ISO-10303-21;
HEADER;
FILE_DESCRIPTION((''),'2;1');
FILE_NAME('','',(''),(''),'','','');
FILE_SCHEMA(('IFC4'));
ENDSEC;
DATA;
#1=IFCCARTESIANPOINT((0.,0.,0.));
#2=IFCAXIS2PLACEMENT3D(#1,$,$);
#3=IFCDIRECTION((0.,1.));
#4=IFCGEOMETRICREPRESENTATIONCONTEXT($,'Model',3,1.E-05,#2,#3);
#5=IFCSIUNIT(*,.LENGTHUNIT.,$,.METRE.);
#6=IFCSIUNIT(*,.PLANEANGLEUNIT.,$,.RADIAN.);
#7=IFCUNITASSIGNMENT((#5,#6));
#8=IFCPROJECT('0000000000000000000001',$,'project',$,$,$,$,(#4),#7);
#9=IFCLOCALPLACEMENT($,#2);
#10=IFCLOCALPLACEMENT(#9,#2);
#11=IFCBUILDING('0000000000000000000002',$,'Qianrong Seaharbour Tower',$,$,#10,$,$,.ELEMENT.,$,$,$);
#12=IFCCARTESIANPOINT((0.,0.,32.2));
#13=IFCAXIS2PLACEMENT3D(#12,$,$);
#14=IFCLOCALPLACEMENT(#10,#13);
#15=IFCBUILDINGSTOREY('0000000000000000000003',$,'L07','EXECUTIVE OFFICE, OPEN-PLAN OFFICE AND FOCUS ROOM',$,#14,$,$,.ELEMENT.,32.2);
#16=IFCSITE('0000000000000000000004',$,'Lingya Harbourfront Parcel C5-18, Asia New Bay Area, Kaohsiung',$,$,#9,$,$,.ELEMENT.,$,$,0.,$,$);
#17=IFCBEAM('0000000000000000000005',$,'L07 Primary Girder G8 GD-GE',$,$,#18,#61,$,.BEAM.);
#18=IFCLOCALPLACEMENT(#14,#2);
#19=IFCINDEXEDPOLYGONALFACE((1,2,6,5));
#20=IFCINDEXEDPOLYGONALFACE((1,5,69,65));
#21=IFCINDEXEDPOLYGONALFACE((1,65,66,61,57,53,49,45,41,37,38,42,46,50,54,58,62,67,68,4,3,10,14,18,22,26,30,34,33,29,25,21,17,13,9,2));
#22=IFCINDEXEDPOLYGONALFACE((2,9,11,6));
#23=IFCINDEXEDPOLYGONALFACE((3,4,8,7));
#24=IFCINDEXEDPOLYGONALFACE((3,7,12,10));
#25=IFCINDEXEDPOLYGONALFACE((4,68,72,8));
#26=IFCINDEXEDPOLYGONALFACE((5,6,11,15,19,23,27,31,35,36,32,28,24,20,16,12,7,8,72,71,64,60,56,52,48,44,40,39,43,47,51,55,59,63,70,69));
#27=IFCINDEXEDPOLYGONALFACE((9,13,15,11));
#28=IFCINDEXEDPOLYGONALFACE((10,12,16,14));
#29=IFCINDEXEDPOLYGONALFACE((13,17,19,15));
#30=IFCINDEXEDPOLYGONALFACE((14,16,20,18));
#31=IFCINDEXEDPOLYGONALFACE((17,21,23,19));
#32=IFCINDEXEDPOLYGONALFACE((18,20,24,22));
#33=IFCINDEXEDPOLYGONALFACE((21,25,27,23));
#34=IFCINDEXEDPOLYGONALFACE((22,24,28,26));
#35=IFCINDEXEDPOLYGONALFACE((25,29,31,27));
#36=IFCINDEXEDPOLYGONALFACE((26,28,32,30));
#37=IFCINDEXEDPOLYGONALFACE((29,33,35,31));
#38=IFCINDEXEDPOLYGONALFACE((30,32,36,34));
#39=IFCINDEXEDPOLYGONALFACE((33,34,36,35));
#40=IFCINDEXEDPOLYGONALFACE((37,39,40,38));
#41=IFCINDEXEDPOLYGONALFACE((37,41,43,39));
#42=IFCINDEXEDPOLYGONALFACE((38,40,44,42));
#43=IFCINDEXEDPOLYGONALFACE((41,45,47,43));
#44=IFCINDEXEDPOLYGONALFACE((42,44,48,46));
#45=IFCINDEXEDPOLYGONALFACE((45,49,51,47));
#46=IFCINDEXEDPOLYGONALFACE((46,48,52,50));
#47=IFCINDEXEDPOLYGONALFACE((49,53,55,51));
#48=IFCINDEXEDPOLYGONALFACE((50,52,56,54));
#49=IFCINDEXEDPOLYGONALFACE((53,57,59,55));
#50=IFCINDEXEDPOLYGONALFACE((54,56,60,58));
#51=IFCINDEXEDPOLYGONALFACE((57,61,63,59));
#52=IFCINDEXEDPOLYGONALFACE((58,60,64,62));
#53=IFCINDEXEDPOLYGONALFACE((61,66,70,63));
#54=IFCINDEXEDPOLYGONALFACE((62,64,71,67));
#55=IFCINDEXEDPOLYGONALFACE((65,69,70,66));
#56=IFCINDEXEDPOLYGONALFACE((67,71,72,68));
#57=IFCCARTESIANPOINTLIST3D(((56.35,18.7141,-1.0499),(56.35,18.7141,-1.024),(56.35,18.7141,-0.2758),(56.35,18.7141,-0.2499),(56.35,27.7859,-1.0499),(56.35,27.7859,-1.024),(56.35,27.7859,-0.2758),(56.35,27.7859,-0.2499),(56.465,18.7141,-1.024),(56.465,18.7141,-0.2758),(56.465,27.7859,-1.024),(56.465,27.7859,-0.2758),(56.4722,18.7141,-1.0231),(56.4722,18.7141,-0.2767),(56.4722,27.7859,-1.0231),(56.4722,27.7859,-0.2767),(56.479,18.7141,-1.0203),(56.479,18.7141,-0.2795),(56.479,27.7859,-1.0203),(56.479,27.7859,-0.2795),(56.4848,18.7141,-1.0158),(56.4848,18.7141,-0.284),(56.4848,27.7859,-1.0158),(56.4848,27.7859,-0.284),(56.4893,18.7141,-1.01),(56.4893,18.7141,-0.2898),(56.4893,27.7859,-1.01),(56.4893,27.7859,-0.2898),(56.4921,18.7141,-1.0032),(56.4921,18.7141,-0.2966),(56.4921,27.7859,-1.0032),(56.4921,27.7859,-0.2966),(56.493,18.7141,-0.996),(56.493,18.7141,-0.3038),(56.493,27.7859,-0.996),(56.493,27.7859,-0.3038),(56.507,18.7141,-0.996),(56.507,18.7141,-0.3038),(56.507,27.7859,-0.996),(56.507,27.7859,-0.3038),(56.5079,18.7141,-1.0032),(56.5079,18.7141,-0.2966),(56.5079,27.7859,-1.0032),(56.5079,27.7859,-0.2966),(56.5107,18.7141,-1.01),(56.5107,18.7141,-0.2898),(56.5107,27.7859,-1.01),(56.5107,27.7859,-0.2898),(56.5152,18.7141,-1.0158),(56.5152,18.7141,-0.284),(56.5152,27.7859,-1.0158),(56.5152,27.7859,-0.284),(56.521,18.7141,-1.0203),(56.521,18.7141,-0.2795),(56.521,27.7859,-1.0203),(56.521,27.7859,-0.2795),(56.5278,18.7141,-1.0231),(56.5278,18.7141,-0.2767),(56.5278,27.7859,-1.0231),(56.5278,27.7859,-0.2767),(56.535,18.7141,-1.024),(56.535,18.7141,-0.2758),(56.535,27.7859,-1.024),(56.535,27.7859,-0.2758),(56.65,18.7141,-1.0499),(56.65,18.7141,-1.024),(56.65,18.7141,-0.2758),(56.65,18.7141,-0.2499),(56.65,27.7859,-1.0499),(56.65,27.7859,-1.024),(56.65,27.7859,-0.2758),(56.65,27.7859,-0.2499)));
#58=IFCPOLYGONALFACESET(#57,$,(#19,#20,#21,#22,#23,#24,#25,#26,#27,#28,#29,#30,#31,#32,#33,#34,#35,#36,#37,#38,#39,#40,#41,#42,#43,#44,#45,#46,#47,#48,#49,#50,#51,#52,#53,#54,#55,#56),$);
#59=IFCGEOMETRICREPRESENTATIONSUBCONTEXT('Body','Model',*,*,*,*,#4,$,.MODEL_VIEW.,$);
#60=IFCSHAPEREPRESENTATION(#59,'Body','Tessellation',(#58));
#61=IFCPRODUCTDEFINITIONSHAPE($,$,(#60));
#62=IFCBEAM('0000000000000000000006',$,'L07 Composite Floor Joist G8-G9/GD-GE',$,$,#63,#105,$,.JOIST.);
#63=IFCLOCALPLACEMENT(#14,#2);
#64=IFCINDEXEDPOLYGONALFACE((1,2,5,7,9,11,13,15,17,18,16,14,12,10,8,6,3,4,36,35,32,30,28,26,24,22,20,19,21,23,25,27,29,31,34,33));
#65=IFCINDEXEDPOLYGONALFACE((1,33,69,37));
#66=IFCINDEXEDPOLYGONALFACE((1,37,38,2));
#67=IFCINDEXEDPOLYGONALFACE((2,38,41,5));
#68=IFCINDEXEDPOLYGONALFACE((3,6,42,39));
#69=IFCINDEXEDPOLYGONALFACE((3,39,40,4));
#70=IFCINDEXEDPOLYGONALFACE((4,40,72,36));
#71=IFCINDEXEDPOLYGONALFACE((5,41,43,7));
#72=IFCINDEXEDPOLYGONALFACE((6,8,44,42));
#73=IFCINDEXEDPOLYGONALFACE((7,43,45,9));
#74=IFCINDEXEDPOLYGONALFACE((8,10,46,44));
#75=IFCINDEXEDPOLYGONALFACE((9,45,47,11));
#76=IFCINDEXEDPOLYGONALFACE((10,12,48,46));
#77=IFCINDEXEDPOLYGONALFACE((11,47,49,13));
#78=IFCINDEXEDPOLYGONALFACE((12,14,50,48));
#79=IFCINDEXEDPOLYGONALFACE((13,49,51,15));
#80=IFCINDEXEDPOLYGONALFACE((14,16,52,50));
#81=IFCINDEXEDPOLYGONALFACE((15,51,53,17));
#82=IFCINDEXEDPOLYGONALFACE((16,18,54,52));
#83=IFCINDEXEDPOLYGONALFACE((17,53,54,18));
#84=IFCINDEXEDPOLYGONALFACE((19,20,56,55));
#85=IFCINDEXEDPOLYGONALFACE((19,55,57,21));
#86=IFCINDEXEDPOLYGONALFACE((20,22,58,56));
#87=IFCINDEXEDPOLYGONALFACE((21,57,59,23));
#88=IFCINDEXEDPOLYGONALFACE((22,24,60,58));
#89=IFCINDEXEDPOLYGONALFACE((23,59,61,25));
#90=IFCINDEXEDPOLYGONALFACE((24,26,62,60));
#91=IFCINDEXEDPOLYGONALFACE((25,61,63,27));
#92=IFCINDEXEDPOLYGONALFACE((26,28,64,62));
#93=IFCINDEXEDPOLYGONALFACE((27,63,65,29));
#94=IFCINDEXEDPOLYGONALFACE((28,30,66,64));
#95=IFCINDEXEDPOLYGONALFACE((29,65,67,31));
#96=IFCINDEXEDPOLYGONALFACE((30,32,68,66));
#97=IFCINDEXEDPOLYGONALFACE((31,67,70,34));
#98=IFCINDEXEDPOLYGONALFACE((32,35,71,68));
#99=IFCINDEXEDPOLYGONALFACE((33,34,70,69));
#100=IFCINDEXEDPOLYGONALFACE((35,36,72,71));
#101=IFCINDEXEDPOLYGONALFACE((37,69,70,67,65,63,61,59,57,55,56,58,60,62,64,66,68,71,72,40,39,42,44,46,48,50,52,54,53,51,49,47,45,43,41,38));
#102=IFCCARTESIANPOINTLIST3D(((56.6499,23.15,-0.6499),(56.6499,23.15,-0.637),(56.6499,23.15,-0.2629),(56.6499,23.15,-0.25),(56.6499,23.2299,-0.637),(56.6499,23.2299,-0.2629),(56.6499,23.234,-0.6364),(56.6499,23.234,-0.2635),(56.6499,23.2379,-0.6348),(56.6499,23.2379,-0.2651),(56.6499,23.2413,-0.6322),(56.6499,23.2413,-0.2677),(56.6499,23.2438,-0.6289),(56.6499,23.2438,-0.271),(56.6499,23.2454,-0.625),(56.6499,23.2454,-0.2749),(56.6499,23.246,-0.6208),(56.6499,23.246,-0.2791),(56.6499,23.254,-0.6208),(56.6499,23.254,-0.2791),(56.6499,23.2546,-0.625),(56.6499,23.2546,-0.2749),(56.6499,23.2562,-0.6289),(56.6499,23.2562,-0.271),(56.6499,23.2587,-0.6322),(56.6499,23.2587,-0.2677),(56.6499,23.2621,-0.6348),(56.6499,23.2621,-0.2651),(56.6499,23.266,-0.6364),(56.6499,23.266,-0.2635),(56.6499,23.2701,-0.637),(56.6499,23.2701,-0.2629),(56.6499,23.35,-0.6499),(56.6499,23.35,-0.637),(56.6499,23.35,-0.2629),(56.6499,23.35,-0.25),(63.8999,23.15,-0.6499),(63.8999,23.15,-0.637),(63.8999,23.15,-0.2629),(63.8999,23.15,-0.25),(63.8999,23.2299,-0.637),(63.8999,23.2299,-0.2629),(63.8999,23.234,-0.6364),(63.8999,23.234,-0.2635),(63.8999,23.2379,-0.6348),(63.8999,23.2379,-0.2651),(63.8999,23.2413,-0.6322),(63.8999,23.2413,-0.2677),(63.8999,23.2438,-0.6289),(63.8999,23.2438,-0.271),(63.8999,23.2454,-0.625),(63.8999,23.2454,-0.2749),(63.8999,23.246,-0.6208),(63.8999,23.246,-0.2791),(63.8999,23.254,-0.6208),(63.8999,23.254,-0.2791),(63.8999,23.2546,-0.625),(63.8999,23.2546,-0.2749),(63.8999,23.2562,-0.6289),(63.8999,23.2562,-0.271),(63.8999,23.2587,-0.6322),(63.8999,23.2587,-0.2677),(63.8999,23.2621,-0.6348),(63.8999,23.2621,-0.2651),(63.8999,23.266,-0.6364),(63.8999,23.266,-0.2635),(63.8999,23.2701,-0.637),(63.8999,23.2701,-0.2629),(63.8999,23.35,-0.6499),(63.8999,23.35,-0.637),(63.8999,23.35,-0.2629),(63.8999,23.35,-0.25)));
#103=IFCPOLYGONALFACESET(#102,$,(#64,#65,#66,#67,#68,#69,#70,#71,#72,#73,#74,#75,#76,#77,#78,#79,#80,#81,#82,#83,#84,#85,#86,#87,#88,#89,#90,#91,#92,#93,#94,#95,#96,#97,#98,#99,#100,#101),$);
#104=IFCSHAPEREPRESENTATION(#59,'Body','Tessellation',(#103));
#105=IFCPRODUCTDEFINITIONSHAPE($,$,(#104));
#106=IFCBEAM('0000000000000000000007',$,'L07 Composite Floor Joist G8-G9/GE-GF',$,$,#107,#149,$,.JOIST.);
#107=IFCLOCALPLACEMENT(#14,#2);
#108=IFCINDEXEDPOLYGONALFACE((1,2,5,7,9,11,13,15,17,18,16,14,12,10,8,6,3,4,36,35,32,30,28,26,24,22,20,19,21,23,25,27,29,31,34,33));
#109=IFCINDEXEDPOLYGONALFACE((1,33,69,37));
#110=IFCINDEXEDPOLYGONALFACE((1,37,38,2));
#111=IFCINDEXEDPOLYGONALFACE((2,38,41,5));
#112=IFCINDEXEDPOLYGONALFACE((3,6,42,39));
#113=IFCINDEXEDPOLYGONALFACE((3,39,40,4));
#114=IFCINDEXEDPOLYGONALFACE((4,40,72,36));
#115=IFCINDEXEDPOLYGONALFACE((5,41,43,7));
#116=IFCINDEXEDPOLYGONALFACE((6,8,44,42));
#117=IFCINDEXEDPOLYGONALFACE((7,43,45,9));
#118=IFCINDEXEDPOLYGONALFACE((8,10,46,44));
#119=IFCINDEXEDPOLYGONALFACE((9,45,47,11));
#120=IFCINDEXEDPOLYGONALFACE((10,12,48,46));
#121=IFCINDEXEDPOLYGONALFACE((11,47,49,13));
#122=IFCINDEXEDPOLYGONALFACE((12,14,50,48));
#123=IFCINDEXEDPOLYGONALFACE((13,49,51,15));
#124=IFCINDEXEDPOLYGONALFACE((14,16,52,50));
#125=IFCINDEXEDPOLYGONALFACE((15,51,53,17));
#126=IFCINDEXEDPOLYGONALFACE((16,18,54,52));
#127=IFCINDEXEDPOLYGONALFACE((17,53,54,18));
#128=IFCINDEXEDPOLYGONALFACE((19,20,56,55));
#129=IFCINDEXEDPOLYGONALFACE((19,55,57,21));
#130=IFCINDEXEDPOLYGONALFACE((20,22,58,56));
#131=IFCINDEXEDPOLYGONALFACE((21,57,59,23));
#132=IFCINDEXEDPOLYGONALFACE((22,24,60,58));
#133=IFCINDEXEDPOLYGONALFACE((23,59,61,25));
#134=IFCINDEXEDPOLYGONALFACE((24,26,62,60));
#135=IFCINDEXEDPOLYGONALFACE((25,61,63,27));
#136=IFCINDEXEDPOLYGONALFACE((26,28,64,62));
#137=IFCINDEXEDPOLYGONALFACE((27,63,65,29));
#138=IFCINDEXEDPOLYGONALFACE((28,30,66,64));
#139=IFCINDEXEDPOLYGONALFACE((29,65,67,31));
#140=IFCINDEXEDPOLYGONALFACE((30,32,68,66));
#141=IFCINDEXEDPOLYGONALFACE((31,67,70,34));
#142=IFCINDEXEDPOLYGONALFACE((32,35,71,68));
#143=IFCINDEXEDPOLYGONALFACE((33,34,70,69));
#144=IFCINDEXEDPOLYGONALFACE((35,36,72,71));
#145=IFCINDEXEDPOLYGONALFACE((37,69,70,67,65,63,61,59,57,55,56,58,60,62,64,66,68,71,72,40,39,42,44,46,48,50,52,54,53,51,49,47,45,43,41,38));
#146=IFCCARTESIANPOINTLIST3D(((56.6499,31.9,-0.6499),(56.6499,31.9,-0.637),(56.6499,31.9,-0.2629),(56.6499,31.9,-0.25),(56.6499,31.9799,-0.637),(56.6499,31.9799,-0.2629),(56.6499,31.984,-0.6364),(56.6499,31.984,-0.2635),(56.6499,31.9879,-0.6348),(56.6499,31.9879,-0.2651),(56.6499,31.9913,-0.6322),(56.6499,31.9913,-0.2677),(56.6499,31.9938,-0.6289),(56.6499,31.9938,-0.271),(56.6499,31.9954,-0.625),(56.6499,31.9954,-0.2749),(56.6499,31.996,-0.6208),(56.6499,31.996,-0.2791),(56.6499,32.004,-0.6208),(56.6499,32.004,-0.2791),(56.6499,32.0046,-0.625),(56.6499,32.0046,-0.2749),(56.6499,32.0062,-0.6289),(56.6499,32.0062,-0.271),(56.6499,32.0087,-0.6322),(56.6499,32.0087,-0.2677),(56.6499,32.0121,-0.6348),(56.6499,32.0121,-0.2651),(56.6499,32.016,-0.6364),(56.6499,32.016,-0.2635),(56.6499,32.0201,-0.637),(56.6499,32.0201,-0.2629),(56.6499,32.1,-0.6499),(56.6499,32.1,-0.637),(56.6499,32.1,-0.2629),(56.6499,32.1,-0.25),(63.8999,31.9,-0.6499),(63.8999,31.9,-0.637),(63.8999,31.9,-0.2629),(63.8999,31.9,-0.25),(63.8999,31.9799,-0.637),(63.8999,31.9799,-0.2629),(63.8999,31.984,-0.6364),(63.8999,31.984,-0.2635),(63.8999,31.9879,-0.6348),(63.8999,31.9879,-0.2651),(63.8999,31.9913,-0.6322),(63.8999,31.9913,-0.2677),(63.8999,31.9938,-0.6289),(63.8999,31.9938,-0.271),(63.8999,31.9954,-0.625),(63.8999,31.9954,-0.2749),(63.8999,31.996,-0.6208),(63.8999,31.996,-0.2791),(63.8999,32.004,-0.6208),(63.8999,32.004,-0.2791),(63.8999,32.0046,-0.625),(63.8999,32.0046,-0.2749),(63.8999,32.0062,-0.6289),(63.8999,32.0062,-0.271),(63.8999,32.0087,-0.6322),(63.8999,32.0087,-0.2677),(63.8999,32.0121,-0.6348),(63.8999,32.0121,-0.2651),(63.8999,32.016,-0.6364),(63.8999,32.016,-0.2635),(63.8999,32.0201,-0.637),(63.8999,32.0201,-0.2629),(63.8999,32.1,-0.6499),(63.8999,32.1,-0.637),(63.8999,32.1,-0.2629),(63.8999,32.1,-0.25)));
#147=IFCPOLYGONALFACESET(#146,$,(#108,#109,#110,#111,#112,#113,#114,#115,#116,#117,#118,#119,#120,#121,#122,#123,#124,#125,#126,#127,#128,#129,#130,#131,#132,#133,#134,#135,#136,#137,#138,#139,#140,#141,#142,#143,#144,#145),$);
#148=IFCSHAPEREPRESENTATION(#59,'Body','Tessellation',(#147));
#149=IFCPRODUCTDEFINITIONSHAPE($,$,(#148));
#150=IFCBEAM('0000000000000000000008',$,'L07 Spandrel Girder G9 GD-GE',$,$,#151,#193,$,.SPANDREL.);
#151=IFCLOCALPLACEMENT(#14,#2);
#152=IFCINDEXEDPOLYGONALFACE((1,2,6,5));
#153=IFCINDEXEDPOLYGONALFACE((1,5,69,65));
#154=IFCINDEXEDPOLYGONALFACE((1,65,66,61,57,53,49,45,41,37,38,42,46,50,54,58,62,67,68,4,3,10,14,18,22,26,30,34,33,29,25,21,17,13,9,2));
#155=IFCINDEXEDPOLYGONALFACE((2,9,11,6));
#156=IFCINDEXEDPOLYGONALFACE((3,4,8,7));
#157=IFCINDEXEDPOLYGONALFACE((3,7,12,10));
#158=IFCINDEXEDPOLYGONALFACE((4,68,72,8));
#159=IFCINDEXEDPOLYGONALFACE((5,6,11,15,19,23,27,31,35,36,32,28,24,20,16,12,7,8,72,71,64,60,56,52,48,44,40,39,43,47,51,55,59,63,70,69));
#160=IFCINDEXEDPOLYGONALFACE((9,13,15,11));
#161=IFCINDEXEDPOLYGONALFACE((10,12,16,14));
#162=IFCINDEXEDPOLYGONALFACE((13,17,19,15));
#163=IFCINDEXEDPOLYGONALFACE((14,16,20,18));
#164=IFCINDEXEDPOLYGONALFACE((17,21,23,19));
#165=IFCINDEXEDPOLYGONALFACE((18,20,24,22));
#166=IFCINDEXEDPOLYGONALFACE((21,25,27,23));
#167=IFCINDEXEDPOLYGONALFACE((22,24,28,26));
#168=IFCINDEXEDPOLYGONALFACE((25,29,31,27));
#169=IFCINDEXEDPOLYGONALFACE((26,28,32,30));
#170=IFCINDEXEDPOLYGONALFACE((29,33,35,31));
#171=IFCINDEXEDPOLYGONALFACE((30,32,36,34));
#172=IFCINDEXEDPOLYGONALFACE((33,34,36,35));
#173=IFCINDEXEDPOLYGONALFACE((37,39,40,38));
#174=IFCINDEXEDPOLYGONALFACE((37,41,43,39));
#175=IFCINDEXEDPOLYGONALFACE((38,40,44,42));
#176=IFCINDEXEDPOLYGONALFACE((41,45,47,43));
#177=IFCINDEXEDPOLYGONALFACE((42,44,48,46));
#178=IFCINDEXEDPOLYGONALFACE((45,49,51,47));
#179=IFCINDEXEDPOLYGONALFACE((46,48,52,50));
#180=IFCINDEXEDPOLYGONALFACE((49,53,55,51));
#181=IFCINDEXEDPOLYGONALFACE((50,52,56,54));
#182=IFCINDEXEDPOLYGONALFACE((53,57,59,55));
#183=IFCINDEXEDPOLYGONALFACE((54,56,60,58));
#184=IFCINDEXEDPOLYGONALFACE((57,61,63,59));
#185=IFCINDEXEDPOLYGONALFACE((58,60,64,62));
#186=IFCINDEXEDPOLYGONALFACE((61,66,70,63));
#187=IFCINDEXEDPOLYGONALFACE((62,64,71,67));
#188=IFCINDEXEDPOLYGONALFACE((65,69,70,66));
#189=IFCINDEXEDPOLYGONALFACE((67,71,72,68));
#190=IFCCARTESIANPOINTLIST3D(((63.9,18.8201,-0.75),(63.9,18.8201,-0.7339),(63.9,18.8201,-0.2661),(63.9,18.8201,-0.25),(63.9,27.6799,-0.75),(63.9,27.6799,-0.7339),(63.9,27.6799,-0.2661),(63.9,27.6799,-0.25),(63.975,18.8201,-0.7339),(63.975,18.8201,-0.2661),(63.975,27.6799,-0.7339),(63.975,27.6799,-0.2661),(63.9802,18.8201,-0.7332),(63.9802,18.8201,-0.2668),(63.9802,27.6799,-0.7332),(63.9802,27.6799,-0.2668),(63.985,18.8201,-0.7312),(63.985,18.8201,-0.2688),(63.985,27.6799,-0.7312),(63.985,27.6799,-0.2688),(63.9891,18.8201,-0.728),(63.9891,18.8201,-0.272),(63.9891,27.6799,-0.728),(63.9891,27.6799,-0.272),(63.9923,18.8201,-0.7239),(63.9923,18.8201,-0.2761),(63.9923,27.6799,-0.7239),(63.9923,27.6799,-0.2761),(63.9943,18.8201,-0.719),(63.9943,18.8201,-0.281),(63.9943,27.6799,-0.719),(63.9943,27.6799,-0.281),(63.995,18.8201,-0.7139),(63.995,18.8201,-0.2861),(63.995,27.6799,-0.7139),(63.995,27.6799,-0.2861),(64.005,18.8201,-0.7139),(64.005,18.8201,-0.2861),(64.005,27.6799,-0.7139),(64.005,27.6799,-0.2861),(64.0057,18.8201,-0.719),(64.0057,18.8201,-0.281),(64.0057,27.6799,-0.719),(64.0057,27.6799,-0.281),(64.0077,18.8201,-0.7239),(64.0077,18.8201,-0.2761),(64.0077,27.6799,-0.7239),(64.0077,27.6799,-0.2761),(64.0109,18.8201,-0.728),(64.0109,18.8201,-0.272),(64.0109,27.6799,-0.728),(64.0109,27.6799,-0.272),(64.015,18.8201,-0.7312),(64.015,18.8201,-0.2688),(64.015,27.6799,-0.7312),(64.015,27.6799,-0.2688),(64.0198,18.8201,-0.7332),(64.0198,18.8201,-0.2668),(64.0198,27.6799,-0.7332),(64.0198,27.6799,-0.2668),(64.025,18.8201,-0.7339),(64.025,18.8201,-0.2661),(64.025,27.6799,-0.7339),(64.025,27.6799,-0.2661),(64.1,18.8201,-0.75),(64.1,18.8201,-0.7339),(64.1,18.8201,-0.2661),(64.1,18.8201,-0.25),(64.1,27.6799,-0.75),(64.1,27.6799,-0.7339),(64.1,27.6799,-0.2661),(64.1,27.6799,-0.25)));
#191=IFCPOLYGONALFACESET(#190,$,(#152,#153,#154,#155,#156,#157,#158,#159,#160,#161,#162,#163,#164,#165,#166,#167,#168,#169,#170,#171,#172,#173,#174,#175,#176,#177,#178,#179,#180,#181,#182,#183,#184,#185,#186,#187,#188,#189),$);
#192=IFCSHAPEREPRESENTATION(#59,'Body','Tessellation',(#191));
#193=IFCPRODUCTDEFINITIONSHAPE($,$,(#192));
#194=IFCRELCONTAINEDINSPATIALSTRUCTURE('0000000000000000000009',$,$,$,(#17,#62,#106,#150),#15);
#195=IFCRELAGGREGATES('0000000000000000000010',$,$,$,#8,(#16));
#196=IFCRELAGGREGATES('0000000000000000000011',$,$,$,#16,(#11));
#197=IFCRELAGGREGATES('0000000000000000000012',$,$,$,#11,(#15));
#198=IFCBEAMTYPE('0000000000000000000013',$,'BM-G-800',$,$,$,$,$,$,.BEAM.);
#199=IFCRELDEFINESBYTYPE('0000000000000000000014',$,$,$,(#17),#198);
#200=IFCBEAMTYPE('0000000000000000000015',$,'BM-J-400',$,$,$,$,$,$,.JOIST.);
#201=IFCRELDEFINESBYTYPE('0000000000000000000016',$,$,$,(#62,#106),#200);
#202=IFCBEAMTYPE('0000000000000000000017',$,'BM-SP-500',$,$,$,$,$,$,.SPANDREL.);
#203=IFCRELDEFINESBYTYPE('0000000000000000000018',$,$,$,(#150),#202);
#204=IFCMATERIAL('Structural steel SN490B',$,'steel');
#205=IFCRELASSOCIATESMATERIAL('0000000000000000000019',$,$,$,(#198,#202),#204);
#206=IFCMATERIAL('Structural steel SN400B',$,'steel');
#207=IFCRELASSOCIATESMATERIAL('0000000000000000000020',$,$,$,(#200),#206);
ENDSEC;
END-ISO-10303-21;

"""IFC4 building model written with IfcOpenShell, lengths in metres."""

from ifc_helpers import new_model, si_unit, direction, frame, origin, origin_2d, place, context, subcontext, project, spatial, i_section, extrude, material, material_profile, profile_set, type_object, element, save


model = new_model("IFC4")

# Units and contexts
model_context = context("Model", 3, precision=1e-05, world=origin(), true_north=direction((0.0, 1.0)))
body_context = subcontext(model_context, "Body", "Model", "MODEL_VIEW")
ifc_project = project(units=[si_unit("LENGTHUNIT", "METRE"), si_unit("PLANEANGLEUNIT", "RADIAN")], contexts=[model_context])

# Site, building, storey
site_placement = place(None, origin())
site = spatial("IfcSite", under=ifc_project, at=site_placement, Name="Lingya Harbourfront Parcel C5-18, Asia New Bay Area, Kaohsiung", CompositionType="ELEMENT", RefElevation=0.0)
building_placement = place(site_placement, origin())
building = spatial("IfcBuilding", under=site, at=building_placement, Name="Qianrong Seaharbour Tower", CompositionType="ELEMENT")
storey_placement = place(building_placement, frame((0.0, 0.0, 32.2)))
storey = spatial("IfcBuildingStorey", under=building, at=storey_placement, Name="L07", Description="EXECUTIVE OFFICE, OPEN-PLAN OFFICE AND FOCUS ROOM", CompositionType="ELEMENT", Elevation=32.2)

# Shared definitions
ifc_material_1 = material(Name="Structural steel SN490B", Category="steel")

# Beams
ifc_material_profile_1 = material_profile(ifc_material_1, i_section(OverallWidth=0.3, OverallDepth=0.8, WebThickness=0.0139, FlangeThickness=0.0259, FilletRadius=0.0281, at=origin_2d()), Name="H800x300x14x26")
ifc_profile_set_1 = profile_set([ifc_material_profile_1], Name="Structural steel SN490B")
beam_type_1 = type_object("IfcBeamType", Name="BM-G-800", PredefinedType="BEAM", material=ifc_profile_set_1)
beam_1_placement = place(storey_placement, frame((56.5, 18.7141, -0.6499), z_axis=(0.0, 1.0, 0.0), x_axis=(-1.0, 0.0, 0.0)))
element("IfcBeam", 1, at=beam_1_placement, inside=storey, type_object=beam_type_1, Name="L07 Primary Girder G8 GD-GE", PredefinedType="BEAM", context=body_context, shape_type="SweptSolid", body=[
    extrude(i_section(OverallWidth=0.3, OverallDepth=0.8, WebThickness=0.0139, FlangeThickness=0.0259, FilletRadius=0.0281, at=origin_2d()), origin(), (0.0, 0.0, 1.0), 9.0718),
])
ifc_material_2 = material(Name="Structural steel SN400B", Category="steel")
ifc_material_profile_2 = material_profile(ifc_material_2, i_section(OverallWidth=0.2, OverallDepth=0.3999, WebThickness=0.0081, FlangeThickness=0.0129, FilletRadius=0.0161, at=origin_2d()), Name="H400x200x8x13")
ifc_profile_set_2 = profile_set([ifc_material_profile_2], Name="Structural steel SN400B")
beam_type_2 = type_object("IfcBeamType", Name="BM-J-400", PredefinedType="JOIST", material=ifc_profile_set_2)
for number, where, z_axis, x_axis, name in (
    (2, (56.6499, 23.25, -0.45), (1.0, 0.0, 0.0), (0.0, 1.0, 0.0), "L07 Composite Floor Joist G8-G9/GD-GE"),
    (3, (56.6499, 32.0, -0.45), (1.0, 0.0, 0.0), (0.0, 1.0, 0.0), "L07 Composite Floor Joist G8-G9/GE-GF"),
):
    element("IfcBeam", number, at=place(storey_placement, frame(where, z_axis=z_axis, x_axis=x_axis)), inside=storey, type_object=beam_type_2, Name=name, PredefinedType="JOIST", context=body_context, shape_type="SweptSolid", body=[
        extrude(i_section(OverallWidth=0.2, OverallDepth=0.3999, WebThickness=0.0081, FlangeThickness=0.0129, FilletRadius=0.0161, at=origin_2d()), origin(), (0.0, 0.0, 1.0), 7.25),
    ])
ifc_material_profile_3 = material_profile(ifc_material_1, i_section(OverallWidth=0.2, OverallDepth=0.5, WebThickness=0.01, FlangeThickness=0.0161, FilletRadius=0.02, at=origin_2d()), Name="H500x200x10x16")
ifc_profile_set_3 = profile_set([ifc_material_profile_3], Name="Structural steel SN490B")
beam_type_3 = type_object("IfcBeamType", Name="BM-SP-500", PredefinedType="SPANDREL", material=ifc_profile_set_3)
beam_2_placement = place(storey_placement, frame((64.0, 18.8201, -0.5), z_axis=(0.0, 1.0, 0.0), x_axis=(-1.0, 0.0, 0.0)))
element("IfcBeam", 4, at=beam_2_placement, inside=storey, type_object=beam_type_3, Name="L07 Spandrel Girder G9 GD-GE", PredefinedType="SPANDREL", context=body_context, shape_type="SweptSolid", body=[
    extrude(i_section(OverallWidth=0.2, OverallDepth=0.5, WebThickness=0.01, FlangeThickness=0.0161, FilletRadius=0.02, at=origin_2d()), origin(), (0.0, 0.0, 1.0), 8.8599),
])

save(model, "model.ifc")
